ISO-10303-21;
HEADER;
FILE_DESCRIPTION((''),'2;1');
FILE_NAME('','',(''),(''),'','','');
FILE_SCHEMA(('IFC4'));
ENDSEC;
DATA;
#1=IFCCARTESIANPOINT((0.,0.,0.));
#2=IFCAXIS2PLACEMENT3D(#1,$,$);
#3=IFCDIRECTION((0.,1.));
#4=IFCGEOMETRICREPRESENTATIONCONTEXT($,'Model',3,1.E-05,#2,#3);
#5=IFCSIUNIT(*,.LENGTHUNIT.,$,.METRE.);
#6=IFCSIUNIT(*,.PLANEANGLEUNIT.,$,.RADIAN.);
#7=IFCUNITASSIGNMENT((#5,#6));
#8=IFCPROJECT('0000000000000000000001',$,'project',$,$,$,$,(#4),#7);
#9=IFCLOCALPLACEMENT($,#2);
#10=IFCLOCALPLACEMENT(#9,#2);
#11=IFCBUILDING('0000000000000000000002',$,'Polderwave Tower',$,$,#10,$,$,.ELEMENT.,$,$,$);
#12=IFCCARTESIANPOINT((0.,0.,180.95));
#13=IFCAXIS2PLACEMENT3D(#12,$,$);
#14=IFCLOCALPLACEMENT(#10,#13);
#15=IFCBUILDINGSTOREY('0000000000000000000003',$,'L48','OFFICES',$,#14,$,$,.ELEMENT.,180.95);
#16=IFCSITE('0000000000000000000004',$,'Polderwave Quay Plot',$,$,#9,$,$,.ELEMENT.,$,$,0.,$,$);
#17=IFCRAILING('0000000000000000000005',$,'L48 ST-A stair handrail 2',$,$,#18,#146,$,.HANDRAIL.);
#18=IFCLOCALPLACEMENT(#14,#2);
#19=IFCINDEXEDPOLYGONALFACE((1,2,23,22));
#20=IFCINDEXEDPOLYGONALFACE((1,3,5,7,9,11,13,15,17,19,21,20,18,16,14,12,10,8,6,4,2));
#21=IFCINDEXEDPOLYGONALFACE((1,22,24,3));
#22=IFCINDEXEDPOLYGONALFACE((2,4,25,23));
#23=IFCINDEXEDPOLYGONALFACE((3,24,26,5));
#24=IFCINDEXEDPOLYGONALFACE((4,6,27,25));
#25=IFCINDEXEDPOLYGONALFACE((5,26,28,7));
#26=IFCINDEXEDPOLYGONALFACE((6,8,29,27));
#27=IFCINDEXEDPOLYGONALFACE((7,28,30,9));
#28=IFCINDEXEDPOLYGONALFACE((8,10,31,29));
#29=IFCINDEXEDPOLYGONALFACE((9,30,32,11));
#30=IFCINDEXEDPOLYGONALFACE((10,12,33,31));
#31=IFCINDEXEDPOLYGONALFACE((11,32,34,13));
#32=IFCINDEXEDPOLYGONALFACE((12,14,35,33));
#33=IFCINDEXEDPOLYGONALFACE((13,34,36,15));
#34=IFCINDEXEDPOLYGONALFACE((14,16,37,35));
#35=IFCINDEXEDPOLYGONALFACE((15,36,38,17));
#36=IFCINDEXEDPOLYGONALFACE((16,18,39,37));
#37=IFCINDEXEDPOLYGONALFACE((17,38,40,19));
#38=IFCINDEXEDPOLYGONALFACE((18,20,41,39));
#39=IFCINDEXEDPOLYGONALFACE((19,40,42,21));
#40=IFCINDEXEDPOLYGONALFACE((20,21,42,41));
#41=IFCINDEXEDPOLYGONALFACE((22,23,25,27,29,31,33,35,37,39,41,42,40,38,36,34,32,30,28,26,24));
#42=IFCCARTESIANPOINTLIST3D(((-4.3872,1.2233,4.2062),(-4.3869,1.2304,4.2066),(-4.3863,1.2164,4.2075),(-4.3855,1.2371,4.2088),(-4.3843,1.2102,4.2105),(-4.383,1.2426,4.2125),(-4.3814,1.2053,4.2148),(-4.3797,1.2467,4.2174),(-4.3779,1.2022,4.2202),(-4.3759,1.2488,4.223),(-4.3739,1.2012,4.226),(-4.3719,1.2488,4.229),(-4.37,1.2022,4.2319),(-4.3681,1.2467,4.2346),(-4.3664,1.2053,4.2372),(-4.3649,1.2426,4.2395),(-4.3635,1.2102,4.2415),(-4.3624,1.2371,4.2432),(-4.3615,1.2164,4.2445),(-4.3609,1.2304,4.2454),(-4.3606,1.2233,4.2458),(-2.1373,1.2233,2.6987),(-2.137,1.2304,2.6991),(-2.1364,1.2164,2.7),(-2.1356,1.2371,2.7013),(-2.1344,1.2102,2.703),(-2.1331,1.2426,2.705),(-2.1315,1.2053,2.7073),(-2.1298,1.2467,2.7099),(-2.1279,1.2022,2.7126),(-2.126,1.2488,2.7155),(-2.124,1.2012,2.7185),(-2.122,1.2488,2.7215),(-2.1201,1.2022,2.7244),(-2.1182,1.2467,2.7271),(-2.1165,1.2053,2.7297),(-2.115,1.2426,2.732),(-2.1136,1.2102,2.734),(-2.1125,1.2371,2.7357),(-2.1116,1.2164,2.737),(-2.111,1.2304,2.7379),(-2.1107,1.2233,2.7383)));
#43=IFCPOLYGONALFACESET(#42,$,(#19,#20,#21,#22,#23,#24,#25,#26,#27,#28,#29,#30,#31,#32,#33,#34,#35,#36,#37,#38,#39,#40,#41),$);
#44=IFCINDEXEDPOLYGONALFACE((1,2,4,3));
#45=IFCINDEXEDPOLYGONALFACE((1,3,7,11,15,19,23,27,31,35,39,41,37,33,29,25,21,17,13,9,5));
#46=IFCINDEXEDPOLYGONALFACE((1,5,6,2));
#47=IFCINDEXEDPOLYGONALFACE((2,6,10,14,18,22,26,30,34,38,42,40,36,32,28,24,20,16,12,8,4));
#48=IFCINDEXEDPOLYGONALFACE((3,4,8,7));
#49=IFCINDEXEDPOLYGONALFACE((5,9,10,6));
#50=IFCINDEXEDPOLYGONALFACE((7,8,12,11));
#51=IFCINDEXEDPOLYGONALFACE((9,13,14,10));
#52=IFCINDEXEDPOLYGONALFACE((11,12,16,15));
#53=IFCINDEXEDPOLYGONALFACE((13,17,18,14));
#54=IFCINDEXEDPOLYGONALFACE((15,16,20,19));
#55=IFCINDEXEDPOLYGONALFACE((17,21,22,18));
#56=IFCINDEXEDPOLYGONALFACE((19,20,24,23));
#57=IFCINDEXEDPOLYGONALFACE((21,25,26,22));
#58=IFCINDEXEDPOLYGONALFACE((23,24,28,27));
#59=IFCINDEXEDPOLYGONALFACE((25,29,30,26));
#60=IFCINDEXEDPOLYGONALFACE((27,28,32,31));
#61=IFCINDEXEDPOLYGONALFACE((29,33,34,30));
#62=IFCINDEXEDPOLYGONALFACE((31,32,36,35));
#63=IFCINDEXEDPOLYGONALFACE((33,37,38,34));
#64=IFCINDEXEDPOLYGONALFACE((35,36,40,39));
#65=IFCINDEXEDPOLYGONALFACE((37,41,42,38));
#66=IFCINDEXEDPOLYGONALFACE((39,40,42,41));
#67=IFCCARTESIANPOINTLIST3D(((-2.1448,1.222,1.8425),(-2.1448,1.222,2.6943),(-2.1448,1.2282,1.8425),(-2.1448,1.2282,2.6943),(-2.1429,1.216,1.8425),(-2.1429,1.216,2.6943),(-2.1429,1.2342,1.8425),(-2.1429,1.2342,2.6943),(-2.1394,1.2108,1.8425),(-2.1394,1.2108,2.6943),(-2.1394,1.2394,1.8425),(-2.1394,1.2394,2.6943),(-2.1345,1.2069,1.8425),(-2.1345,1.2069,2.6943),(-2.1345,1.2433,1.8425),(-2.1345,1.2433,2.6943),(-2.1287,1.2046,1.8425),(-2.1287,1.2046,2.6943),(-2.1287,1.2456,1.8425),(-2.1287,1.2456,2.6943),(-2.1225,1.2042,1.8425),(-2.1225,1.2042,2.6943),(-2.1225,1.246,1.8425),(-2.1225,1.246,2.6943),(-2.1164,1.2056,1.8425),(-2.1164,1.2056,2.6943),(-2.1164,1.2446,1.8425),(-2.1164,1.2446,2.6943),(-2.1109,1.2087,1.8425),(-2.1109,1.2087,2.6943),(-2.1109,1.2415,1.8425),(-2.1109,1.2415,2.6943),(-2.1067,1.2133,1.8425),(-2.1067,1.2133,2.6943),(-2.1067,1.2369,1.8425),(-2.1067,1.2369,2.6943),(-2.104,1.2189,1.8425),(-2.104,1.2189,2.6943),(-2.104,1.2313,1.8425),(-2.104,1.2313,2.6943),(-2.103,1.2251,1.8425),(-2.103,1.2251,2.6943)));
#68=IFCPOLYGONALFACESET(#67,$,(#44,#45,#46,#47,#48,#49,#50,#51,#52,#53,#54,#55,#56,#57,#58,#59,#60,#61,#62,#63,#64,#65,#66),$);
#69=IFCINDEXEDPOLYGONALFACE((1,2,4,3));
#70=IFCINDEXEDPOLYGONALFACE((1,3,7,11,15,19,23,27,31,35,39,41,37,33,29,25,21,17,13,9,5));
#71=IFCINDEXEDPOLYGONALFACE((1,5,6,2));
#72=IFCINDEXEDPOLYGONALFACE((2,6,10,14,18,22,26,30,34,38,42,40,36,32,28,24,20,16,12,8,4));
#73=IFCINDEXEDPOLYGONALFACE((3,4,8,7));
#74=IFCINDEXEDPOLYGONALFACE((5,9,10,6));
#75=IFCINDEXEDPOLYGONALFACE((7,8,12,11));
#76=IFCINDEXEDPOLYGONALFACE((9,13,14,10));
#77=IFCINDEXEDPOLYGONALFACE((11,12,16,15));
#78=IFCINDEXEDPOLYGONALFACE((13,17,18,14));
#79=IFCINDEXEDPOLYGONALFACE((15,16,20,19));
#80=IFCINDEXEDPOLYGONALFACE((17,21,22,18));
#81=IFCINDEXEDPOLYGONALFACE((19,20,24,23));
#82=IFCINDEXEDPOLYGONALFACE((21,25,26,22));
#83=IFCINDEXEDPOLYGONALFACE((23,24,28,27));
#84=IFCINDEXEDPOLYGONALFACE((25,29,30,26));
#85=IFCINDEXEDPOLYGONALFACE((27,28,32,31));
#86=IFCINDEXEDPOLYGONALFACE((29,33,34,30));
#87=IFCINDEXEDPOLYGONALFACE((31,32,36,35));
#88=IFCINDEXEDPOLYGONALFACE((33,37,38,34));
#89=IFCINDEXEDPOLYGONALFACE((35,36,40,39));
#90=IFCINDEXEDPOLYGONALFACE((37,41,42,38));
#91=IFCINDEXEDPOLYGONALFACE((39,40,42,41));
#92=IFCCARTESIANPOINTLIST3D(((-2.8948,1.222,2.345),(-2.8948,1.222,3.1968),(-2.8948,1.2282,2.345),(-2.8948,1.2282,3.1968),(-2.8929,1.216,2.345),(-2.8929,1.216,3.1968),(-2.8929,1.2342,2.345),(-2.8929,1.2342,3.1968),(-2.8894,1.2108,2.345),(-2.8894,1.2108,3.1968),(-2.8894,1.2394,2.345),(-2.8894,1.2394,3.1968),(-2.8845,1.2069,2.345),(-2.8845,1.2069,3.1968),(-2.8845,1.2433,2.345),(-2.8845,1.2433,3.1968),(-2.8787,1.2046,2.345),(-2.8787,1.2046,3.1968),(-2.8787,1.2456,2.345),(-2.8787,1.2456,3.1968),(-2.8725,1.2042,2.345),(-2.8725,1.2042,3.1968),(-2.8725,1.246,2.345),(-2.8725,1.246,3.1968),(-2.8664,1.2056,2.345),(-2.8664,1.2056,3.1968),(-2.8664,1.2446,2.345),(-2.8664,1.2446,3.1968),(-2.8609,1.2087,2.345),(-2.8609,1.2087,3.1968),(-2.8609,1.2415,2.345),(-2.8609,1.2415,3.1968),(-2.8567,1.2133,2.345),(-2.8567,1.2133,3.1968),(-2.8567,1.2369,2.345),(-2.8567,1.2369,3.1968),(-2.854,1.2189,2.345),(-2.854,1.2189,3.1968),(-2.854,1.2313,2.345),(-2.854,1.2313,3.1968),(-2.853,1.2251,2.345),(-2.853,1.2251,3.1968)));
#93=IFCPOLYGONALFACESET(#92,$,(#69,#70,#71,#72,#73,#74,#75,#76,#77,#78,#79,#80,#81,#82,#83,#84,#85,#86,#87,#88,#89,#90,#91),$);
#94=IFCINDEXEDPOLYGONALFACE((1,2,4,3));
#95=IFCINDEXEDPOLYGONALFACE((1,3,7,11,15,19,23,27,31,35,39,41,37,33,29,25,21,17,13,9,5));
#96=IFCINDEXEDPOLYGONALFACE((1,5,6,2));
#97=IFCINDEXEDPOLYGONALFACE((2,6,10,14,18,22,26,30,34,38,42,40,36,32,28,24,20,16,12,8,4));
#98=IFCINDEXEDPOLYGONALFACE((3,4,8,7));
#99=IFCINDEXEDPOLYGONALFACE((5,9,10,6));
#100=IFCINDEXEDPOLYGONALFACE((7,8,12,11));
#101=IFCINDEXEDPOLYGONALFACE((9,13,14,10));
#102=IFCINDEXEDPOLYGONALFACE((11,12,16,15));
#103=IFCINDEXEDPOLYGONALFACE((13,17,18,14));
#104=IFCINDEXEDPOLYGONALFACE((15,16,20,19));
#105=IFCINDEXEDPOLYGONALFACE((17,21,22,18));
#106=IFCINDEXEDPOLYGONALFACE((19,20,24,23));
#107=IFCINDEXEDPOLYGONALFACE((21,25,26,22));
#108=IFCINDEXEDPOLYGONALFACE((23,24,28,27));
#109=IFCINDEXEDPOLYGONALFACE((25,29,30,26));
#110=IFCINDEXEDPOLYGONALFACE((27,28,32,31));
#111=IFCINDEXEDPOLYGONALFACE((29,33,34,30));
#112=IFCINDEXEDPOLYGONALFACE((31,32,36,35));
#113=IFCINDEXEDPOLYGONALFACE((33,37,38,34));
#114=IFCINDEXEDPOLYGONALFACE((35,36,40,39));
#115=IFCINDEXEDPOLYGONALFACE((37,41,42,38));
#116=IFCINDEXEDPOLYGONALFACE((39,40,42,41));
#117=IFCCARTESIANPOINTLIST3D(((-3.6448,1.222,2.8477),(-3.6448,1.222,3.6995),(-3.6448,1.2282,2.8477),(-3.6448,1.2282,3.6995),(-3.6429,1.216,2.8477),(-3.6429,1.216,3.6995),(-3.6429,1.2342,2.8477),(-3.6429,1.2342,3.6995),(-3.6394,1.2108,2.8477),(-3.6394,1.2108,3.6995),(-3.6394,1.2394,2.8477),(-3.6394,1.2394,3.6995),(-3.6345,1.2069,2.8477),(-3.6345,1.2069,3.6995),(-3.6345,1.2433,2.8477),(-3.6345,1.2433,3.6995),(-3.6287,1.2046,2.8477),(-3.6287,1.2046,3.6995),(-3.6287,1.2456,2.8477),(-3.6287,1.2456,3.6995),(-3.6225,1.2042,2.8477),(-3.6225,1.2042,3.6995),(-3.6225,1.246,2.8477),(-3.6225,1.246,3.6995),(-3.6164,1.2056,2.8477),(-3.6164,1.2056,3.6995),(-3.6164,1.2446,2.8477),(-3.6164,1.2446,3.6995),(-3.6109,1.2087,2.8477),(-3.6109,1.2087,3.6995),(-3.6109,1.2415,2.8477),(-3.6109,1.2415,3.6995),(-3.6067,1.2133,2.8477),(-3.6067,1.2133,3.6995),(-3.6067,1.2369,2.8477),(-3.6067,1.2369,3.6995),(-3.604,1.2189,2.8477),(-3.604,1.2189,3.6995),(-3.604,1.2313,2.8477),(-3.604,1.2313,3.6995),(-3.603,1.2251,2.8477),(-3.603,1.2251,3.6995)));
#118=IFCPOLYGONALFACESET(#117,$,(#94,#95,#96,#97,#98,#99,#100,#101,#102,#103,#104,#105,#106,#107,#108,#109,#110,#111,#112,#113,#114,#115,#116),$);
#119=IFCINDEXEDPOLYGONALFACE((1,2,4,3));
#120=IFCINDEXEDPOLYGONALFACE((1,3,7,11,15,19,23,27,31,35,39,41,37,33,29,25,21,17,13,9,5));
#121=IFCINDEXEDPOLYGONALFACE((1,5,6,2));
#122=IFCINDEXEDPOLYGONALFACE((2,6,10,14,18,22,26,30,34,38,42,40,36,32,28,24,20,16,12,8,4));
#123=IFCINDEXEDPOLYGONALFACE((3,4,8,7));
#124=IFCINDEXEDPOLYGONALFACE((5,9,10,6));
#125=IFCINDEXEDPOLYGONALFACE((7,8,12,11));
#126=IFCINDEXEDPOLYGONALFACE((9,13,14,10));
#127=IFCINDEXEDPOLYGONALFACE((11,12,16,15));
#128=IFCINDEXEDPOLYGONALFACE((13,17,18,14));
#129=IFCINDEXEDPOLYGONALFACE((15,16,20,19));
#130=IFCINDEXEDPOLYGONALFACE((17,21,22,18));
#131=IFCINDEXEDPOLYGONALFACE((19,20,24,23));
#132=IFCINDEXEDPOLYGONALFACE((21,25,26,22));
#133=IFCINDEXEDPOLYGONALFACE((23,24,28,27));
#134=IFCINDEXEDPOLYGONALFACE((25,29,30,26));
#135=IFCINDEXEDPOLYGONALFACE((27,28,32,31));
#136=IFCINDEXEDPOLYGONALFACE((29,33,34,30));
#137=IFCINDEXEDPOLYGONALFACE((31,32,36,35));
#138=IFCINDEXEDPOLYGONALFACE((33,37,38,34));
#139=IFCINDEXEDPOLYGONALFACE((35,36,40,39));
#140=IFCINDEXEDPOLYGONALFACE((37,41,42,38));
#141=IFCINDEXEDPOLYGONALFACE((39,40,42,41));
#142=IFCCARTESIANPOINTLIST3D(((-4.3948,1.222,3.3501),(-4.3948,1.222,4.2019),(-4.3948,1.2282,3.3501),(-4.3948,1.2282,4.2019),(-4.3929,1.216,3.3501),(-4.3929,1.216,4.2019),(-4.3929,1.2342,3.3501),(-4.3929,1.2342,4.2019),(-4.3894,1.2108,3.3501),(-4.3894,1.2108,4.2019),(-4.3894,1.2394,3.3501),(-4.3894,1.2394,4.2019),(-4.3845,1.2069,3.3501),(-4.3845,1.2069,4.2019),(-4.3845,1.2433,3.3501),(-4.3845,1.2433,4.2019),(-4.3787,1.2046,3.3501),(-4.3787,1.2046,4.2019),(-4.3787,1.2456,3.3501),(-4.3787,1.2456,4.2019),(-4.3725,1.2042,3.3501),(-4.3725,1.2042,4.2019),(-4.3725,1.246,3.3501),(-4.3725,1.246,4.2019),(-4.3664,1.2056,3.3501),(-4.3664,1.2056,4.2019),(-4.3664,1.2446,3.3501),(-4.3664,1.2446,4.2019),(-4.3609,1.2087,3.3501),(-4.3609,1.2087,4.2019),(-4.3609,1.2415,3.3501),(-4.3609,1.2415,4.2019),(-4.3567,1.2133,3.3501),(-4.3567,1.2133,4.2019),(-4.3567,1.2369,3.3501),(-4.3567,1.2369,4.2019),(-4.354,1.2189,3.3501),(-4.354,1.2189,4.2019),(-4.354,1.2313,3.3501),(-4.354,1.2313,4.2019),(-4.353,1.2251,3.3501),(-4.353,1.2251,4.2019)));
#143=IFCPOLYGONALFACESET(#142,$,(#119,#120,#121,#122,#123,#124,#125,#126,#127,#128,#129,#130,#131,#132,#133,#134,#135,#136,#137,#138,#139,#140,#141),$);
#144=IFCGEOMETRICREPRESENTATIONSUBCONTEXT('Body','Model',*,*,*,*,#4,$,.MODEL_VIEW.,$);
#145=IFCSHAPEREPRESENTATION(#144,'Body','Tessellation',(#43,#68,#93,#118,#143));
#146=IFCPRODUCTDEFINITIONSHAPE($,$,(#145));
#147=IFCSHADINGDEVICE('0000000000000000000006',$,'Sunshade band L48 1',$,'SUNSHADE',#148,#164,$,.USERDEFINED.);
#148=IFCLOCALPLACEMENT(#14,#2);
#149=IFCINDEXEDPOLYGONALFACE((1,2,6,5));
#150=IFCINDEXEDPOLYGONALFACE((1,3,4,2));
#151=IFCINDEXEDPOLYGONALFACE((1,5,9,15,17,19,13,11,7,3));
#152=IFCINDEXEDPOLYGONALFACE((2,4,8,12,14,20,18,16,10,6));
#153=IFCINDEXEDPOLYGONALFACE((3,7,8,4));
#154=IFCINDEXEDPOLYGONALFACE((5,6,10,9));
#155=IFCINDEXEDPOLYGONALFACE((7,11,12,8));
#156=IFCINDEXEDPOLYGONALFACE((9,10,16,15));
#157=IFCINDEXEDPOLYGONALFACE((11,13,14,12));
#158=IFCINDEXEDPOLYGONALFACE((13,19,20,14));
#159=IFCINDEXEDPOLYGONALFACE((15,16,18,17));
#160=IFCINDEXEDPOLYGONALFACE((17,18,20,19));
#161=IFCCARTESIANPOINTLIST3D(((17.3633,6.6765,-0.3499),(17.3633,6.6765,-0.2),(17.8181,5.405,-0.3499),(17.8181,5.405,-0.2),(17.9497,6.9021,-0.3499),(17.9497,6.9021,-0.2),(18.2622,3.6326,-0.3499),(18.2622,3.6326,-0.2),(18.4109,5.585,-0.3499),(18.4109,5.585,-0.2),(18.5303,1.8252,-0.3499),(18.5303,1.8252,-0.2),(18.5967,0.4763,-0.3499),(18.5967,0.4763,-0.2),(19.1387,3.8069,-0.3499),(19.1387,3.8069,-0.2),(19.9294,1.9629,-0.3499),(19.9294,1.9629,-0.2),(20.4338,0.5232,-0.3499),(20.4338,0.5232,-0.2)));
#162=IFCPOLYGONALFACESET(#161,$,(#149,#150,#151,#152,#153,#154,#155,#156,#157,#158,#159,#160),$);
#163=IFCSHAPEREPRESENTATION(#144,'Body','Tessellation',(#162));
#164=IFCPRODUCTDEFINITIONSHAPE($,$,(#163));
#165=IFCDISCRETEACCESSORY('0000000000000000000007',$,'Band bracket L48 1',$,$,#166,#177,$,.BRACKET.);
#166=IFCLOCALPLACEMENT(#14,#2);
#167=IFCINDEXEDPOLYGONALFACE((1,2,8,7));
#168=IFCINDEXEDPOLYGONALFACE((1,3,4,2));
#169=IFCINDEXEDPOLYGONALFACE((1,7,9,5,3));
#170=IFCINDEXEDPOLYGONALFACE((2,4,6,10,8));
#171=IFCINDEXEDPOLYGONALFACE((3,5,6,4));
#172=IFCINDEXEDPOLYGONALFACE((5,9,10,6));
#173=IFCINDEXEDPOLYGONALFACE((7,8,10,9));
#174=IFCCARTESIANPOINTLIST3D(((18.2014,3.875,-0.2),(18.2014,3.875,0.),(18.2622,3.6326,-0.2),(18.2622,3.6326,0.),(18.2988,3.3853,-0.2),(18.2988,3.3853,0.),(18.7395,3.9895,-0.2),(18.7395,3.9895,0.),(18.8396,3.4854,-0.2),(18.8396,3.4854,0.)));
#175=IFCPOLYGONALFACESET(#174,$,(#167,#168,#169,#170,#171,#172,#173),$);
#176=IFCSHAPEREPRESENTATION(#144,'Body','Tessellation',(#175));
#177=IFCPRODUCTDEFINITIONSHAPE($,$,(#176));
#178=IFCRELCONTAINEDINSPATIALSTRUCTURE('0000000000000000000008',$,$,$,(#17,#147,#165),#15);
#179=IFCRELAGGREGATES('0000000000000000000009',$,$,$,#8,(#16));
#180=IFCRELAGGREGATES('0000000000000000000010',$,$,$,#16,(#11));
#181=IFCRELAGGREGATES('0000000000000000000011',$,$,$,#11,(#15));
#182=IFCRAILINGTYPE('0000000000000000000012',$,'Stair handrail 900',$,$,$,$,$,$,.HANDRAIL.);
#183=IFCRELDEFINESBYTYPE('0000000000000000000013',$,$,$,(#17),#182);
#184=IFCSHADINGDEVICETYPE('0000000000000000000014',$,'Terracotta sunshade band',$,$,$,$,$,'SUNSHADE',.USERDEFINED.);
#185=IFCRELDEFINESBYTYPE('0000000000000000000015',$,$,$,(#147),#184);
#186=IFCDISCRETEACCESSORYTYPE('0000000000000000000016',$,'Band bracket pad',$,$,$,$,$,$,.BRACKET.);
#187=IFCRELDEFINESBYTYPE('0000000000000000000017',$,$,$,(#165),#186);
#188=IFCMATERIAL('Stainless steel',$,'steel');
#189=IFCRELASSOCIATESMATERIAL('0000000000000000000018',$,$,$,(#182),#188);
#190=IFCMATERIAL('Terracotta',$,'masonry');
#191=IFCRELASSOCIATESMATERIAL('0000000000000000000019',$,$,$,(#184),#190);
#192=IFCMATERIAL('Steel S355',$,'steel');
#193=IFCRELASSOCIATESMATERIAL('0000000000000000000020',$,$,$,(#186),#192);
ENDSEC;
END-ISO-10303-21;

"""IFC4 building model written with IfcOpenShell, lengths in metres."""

from ifc_helpers import new_model, si_unit, direction, frame, origin, origin_2d, place, context, subcontext, project, spatial, polyline, circle, outline, extrude, material, type_object, element, save


model = new_model("IFC4")

# Units and contexts
model_context = context("Model", 3, precision=1e-05, world=origin(), true_north=direction((0.0, 1.0)))
body_context = subcontext(model_context, "Body", "Model", "MODEL_VIEW")
ifc_project = project(units=[si_unit("LENGTHUNIT", "METRE"), si_unit("PLANEANGLEUNIT", "RADIAN")], contexts=[model_context])

# Site, building, storey
site_placement = place(None, origin())
site = spatial("IfcSite", under=ifc_project, at=site_placement, Name="Polderwave Quay Plot", CompositionType="ELEMENT", RefElevation=0.0)
building_placement = place(site_placement, origin())
building = spatial("IfcBuilding", under=site, at=building_placement, Name="Polderwave Tower", CompositionType="ELEMENT")
storey_placement = place(building_placement, frame((0.0, 0.0, 180.95)))
storey = spatial("IfcBuildingStorey", under=building, at=storey_placement, Name="L48", Description="OFFICES", CompositionType="ELEMENT", Elevation=180.95)

# Shared definitions
ifc_material_1 = material(Name="Stainless steel", Category="steel")

# Railing
railing_type_1 = type_object("IfcRailingType", Name="Stair handrail 900", PredefinedType="HANDRAIL", material=ifc_material_1)
railing_1_placement = place(storey_placement, frame((-2.124, 1.2251, 1.8425)))
element("IfcRailing", 1, at=railing_1_placement, inside=storey, type_object=railing_type_1, Name="L48 ST-A stair handrail 2", PredefinedType="HANDRAIL", context=body_context, shape_type="SweptSolid", body=[
    extrude(circle(Radius=0.0239, at=origin_2d()), frame((0.0, 0.0, 0.876), z_axis=(-0.830758, 0.0, 0.556633), x_axis=(0.0, -1.0, 0.0)), (0.0, 0.0, 1.0), 2.7083),
    extrude(circle(Radius=0.021, at=origin_2d()), origin(), (0.0, 0.0, 1.0), 0.8518),
    extrude(circle(Radius=0.021, at=origin_2d()), frame((-0.75, 0.0, 0.5024)), (0.0, 0.0, 1.0), 0.8518),
    extrude(circle(Radius=0.021, at=origin_2d()), frame((-1.5, 0.0, 1.0051)), (0.0, 0.0, 1.0), 0.8518),
    extrude(circle(Radius=0.021, at=origin_2d()), frame((-2.25, 0.0, 1.5076)), (0.0, 0.0, 1.0), 0.8518),
])

# Shading device
ifc_material_2 = material(Name="Terracotta", Category="masonry")
shading_device_type = type_object("IfcShadingDeviceType", Name="Terracotta sunshade band", ElementType="SUNSHADE", PredefinedType="USERDEFINED", material=ifc_material_2)
shading_device_placement = place(storey_placement, frame((0.0, 0.0, -0.3499)))
element("IfcShadingDevice", 2, at=shading_device_placement, inside=storey, type_object=shading_device_type, Name="Sunshade band L48 1", ObjectType="SUNSHADE", PredefinedType="USERDEFINED", context=body_context, shape_type="SweptSolid", body=[
    extrude(outline(polyline([(18.5967, 0.4763), (18.5303, 1.8252), (18.2622, 3.6326), (17.8181, 5.405), (17.3633, 6.6765), (17.9497, 6.9021), (18.4109, 5.585), (19.1387, 3.8069), (19.9294, 1.9629), (20.4338, 0.5232), (18.5967, 0.4763)])), origin(), (0.0, 0.0, 1.0), 0.1499),
])

# Discrete accessory
ifc_material_3 = material(Name="Steel S355", Category="steel")
discrete_accessory_type = type_object("IfcDiscreteAccessoryType", Name="Band bracket pad", PredefinedType="BRACKET", material=ifc_material_3)
discrete_accessory_placement = place(storey_placement, frame((0.0, 0.0, -0.2)))
element("IfcDiscreteAccessory", 3, at=discrete_accessory_placement, inside=storey, type_object=discrete_accessory_type, Name="Band bracket L48 1", PredefinedType="BRACKET", context=body_context, shape_type="SweptSolid", body=[
    extrude(outline(polyline([(18.2988, 3.3853), (18.2622, 3.6326), (18.2014, 3.875), (18.7395, 3.9895), (18.8396, 3.4854), (18.2988, 3.3853)])), origin(), (0.0, 0.0, 1.0), 0.2),
])

save(model, "model.ifc")
